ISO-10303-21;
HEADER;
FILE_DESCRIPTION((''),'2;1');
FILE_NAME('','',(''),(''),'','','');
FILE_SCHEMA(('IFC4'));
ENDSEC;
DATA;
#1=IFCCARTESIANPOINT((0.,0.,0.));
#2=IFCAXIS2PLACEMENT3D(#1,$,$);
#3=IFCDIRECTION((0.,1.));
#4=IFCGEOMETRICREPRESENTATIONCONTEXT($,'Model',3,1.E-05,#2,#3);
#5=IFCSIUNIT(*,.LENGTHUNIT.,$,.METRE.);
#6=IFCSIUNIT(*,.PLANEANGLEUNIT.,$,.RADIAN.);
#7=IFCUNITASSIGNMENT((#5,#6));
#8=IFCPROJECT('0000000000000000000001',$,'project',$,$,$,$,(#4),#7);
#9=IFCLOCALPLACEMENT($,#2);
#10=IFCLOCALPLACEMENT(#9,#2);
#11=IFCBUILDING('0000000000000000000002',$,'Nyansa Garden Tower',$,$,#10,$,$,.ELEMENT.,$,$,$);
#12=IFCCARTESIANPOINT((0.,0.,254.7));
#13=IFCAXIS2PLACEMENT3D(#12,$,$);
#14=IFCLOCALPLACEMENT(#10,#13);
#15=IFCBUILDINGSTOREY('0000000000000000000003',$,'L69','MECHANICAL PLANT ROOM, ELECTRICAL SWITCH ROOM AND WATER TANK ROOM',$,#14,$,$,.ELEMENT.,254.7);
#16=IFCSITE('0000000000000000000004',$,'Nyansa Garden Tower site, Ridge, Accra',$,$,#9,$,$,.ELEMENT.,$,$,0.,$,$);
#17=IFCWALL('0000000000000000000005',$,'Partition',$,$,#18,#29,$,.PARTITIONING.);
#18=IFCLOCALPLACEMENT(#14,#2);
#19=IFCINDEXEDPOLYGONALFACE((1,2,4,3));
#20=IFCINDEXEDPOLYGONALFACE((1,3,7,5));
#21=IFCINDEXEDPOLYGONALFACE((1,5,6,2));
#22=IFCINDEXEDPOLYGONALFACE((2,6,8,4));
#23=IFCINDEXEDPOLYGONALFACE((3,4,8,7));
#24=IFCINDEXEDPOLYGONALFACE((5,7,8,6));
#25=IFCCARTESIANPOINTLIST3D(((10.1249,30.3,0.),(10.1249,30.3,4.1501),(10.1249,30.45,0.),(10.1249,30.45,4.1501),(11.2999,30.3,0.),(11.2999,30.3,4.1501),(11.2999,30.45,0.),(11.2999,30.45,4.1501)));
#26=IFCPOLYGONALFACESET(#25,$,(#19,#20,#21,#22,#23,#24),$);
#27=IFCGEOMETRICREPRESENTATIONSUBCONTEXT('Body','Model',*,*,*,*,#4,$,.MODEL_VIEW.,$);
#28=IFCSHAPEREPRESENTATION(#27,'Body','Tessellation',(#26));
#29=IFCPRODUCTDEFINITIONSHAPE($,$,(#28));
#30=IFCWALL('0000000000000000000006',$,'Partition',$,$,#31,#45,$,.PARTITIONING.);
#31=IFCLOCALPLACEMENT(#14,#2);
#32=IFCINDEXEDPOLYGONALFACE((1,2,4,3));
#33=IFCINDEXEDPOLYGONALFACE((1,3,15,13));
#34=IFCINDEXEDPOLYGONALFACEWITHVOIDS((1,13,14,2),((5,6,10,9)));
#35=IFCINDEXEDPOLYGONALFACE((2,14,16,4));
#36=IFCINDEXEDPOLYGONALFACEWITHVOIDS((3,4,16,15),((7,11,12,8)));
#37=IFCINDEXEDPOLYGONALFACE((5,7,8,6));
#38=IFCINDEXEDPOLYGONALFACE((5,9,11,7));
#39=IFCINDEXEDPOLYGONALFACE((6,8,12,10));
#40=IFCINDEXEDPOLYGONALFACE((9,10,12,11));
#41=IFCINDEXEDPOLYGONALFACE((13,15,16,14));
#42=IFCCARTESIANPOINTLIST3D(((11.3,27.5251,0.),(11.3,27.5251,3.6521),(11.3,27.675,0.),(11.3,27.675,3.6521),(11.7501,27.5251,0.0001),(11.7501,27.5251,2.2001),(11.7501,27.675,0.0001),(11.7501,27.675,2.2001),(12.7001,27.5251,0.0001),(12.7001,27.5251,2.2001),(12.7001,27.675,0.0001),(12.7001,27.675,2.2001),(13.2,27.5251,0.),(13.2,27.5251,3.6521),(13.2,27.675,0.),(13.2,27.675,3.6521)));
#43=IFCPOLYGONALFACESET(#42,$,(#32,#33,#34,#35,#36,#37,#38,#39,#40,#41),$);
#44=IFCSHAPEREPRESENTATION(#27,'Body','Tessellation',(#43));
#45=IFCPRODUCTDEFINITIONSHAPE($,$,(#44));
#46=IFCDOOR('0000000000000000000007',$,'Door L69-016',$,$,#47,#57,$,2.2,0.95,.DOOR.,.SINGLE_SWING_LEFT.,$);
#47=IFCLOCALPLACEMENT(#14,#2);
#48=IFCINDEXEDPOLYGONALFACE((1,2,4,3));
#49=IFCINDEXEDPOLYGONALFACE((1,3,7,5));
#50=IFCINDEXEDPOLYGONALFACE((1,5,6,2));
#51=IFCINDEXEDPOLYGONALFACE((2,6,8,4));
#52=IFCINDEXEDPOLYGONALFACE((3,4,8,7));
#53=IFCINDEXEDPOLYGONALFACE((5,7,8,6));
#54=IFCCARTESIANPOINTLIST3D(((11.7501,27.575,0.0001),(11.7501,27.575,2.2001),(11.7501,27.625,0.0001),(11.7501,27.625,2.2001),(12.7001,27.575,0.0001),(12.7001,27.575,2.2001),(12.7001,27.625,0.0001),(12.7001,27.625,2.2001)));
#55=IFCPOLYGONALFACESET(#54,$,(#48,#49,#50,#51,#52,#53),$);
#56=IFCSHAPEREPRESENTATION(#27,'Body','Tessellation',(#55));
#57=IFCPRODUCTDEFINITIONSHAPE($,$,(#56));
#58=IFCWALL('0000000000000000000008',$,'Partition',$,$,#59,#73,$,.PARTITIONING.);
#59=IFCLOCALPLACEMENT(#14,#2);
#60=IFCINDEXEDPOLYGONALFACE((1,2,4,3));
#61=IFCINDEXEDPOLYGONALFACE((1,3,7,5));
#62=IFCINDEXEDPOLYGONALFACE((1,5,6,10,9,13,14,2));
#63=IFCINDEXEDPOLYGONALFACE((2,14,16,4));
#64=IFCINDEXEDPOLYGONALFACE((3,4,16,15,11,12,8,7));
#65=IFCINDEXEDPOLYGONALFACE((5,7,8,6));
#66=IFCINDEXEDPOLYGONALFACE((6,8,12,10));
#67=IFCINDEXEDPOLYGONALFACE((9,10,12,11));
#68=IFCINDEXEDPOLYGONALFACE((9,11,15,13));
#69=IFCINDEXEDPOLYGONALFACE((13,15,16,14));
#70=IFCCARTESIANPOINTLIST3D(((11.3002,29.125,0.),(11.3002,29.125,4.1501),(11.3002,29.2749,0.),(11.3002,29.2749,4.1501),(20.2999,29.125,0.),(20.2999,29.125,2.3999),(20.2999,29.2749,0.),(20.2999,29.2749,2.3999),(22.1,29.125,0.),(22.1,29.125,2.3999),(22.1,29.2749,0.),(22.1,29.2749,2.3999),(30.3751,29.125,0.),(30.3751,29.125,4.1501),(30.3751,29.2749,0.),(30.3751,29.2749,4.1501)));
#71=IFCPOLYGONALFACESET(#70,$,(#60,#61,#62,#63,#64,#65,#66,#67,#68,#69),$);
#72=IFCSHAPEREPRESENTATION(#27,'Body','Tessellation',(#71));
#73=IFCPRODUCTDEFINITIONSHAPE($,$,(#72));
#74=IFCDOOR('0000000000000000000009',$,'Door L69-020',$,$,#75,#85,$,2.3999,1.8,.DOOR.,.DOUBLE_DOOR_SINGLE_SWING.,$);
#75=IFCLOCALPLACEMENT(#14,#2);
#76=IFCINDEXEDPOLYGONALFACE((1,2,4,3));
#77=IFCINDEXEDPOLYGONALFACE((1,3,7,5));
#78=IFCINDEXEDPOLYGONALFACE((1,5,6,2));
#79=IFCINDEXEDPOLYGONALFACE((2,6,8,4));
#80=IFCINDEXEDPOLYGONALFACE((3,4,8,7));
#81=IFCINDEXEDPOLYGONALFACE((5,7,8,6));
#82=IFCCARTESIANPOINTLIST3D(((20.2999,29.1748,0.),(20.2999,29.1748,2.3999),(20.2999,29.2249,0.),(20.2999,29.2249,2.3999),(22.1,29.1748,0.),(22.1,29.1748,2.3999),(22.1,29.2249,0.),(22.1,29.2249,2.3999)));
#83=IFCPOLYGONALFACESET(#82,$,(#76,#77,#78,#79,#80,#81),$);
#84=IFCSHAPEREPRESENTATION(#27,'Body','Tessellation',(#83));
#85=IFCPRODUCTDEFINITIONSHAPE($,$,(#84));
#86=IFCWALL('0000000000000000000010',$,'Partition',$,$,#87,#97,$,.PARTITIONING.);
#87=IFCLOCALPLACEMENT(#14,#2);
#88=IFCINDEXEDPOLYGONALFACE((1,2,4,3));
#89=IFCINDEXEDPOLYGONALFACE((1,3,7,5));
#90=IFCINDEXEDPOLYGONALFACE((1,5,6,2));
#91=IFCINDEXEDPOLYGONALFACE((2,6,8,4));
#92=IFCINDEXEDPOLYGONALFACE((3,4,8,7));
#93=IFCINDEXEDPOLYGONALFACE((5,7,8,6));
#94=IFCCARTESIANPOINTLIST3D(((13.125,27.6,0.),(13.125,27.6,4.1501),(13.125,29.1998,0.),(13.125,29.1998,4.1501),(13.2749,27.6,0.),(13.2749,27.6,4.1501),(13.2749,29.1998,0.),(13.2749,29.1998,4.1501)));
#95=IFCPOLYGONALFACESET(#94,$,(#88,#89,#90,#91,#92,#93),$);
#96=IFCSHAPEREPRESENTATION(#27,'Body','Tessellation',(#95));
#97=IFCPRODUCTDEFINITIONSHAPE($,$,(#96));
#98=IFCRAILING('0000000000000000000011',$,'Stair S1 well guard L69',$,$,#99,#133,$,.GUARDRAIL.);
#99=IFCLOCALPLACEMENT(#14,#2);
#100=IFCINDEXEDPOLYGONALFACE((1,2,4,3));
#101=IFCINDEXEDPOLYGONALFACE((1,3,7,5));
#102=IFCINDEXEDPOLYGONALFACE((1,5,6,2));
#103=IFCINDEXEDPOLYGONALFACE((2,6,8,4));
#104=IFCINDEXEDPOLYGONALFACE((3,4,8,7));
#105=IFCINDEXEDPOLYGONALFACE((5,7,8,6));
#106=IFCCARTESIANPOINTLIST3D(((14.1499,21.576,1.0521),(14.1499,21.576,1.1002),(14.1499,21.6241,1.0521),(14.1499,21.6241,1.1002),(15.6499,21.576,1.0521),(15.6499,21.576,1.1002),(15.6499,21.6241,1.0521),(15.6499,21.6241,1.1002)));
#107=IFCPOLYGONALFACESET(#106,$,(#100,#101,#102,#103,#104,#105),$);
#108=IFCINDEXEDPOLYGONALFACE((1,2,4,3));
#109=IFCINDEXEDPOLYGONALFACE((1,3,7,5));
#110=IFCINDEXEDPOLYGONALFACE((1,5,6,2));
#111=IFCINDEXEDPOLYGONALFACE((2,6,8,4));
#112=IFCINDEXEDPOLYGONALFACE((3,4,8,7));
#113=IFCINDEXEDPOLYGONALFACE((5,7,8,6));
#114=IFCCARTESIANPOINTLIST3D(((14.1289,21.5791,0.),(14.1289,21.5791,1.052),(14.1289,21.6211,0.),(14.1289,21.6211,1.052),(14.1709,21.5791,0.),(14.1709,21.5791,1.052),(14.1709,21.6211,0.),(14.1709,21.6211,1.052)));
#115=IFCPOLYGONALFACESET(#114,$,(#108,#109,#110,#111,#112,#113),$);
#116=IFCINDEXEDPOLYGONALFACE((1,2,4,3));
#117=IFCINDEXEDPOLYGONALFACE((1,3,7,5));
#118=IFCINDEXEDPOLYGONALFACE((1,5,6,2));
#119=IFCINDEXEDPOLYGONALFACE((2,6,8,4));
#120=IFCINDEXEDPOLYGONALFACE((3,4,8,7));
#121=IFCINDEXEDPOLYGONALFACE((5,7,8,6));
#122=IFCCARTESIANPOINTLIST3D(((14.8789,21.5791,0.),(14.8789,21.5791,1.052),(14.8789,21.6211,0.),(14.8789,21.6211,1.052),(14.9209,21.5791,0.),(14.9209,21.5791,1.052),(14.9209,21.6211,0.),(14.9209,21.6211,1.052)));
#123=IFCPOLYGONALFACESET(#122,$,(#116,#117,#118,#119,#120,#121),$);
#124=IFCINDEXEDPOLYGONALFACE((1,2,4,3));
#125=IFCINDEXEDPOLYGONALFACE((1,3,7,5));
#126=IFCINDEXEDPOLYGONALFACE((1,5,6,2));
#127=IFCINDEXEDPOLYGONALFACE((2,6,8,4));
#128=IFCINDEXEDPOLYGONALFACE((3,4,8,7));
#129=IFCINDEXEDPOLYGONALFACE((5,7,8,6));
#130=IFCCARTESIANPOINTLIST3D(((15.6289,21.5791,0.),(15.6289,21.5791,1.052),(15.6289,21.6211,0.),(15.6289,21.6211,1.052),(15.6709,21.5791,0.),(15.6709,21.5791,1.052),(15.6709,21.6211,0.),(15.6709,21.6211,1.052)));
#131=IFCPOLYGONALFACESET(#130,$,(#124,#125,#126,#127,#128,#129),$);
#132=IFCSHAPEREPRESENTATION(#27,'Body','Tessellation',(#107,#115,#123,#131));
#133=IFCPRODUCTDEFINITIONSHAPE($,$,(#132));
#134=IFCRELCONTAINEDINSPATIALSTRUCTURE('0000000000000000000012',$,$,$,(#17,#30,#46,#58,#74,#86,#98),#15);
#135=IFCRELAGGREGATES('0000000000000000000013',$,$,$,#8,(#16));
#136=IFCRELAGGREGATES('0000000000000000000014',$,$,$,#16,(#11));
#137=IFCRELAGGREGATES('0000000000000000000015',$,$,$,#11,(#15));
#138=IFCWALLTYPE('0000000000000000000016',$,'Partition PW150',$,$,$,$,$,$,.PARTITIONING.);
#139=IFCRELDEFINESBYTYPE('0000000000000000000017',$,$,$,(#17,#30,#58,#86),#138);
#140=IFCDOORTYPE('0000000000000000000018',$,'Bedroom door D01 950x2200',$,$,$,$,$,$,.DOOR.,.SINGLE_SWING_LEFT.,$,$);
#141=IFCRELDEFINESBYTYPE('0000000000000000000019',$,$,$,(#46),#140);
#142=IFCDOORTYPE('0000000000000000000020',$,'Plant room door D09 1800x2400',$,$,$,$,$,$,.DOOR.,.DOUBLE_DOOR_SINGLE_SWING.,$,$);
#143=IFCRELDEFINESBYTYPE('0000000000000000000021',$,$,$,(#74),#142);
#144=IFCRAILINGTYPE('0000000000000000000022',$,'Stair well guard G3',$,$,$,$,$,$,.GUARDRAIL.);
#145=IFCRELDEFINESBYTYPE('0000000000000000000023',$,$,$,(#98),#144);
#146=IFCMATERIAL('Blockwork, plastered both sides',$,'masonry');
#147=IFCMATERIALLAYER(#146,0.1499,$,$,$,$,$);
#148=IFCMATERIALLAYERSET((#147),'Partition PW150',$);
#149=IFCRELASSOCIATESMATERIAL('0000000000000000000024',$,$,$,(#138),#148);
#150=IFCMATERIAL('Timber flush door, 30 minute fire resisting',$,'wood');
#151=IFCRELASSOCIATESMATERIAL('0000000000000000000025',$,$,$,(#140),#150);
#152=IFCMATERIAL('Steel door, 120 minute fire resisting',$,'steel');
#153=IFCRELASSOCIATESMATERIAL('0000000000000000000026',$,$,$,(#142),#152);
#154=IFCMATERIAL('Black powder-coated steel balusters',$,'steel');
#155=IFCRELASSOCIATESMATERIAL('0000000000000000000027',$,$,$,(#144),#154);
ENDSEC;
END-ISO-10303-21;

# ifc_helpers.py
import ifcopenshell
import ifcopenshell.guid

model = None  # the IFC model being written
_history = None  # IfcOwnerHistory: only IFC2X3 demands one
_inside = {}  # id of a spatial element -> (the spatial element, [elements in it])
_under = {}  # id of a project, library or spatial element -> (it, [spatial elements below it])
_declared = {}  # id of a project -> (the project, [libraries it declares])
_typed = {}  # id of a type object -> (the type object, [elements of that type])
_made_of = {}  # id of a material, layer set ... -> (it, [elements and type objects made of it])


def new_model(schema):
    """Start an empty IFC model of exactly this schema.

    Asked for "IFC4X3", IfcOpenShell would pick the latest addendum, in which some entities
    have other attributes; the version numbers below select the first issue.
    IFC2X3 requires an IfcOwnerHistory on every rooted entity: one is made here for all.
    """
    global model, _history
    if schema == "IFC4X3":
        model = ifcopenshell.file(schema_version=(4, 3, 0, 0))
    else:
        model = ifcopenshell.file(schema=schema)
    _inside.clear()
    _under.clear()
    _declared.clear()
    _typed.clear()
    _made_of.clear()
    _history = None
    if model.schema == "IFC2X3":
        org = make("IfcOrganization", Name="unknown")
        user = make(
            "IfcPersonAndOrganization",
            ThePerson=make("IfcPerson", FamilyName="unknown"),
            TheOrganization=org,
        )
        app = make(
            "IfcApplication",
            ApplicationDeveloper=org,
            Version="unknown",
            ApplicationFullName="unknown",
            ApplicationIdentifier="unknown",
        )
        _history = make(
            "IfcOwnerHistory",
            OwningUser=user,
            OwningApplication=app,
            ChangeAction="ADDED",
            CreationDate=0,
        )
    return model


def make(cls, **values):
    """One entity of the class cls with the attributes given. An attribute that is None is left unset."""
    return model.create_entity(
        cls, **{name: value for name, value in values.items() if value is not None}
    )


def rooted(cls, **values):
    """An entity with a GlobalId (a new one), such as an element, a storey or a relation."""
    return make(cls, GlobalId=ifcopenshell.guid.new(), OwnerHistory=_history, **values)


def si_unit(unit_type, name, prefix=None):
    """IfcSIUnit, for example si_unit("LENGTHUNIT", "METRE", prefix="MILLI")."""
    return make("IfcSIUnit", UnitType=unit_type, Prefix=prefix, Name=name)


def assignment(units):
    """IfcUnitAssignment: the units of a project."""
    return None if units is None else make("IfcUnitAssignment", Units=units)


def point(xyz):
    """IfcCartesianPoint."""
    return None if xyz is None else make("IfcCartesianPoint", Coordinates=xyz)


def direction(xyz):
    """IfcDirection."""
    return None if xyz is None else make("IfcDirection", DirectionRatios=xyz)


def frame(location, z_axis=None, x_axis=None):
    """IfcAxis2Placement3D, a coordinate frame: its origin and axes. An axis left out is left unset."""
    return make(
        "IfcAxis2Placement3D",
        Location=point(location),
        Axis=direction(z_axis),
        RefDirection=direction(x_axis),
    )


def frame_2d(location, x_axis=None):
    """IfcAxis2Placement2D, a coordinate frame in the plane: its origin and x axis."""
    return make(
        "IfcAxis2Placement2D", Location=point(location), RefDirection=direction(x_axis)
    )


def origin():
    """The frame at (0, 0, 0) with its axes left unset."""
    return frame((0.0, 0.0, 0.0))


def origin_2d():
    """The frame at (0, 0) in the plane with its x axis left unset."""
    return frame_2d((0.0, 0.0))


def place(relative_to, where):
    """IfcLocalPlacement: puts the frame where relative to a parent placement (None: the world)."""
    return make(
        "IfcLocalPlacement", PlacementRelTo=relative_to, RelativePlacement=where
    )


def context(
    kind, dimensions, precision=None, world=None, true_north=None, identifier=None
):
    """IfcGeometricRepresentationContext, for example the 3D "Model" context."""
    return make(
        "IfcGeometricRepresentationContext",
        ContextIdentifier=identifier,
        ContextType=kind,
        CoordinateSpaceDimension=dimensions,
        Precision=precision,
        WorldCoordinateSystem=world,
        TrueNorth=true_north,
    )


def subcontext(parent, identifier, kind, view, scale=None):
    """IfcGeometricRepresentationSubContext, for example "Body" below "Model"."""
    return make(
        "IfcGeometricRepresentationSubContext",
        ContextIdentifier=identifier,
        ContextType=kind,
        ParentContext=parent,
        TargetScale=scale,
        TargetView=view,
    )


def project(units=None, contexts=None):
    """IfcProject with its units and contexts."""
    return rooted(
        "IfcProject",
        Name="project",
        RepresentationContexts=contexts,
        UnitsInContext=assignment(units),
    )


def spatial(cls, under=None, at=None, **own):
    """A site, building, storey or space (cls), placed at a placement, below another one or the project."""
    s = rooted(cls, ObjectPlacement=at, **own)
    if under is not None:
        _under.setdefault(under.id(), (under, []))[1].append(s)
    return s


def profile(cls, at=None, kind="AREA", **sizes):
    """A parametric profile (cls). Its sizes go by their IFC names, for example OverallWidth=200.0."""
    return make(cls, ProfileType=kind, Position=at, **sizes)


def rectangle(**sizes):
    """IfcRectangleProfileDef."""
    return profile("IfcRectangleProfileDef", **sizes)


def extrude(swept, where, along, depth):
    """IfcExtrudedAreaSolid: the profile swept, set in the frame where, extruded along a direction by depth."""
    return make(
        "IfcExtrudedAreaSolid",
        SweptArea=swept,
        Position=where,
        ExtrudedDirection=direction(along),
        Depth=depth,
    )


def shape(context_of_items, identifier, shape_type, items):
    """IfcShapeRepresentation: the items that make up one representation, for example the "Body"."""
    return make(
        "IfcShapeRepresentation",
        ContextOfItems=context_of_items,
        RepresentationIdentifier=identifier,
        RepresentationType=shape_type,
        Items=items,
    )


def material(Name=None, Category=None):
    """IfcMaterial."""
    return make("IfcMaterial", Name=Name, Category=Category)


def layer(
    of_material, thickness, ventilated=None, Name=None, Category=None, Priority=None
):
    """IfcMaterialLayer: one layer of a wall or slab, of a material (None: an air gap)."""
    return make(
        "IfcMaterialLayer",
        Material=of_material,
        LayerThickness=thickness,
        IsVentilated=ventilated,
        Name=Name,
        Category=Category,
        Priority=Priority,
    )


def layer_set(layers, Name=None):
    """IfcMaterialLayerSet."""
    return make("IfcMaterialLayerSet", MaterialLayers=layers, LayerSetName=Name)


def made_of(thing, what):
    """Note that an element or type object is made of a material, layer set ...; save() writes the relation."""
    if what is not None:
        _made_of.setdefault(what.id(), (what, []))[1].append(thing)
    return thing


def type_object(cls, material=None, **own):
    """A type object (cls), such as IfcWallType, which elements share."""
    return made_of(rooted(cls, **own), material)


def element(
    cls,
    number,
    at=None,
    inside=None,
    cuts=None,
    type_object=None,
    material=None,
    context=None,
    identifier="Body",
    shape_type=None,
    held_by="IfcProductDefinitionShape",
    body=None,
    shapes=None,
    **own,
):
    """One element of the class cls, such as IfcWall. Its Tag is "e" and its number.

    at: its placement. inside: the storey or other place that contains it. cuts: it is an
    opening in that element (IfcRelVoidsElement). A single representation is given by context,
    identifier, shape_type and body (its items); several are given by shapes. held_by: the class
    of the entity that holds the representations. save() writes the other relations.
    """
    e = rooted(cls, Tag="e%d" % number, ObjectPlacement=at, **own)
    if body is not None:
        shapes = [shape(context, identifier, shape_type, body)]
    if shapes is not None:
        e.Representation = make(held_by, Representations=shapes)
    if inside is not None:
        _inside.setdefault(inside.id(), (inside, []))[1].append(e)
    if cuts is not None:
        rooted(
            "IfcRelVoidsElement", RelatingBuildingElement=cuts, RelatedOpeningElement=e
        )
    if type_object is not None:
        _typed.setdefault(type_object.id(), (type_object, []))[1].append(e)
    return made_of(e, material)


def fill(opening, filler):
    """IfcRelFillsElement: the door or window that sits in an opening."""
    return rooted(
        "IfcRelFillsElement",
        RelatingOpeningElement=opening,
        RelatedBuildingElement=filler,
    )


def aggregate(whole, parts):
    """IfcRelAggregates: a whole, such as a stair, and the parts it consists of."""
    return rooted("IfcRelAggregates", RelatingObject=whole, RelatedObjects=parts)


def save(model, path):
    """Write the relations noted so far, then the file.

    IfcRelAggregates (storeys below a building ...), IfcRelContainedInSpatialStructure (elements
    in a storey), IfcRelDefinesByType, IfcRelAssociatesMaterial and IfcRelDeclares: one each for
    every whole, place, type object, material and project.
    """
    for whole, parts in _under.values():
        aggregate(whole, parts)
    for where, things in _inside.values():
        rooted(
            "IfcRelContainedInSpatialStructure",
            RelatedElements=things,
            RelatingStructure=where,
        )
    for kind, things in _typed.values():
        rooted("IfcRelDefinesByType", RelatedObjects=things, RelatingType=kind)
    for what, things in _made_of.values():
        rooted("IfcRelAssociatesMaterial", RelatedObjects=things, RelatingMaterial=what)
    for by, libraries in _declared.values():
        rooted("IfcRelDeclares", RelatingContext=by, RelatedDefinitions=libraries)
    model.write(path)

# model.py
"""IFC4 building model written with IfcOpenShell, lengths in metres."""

from ifc_helpers import new_model, si_unit, direction, frame, frame_2d, origin, origin_2d, place, context, subcontext, project, spatial, rectangle, extrude, material, layer, layer_set, type_object, element, fill, save


model = new_model("IFC4")

# Units and contexts
model_context = context("Model", 3, precision=1e-05, world=origin(), true_north=direction((0.0, 1.0)))
body_context = subcontext(model_context, "Body", "Model", "MODEL_VIEW")
ifc_project = project(units=[si_unit("LENGTHUNIT", "METRE"), si_unit("PLANEANGLEUNIT", "RADIAN")], contexts=[model_context])

# Site, building, storey
site_placement = place(None, origin())
site = spatial("IfcSite", under=ifc_project, at=site_placement, Name="Nyansa Garden Tower site, Ridge, Accra", CompositionType="ELEMENT", RefElevation=0.0)
building_placement = place(site_placement, origin())
building = spatial("IfcBuilding", under=site, at=building_placement, Name="Nyansa Garden Tower", CompositionType="ELEMENT")
storey_placement = place(building_placement, frame((0.0, 0.0, 254.7)))
storey = spatial("IfcBuildingStorey", under=building, at=storey_placement, Name="L69", Description="MECHANICAL PLANT ROOM, ELECTRICAL SWITCH ROOM AND WATER TANK ROOM", CompositionType="ELEMENT", Elevation=254.7)

# Wall
ifc_material_1 = material(Name="Blockwork, plastered both sides", Category="masonry")
ifc_layer_1 = layer(ifc_material_1, 0.1499)
ifc_layer_set_1 = layer_set([ifc_layer_1], Name="Partition PW150")
wall_type_1 = type_object("IfcWallType", Name="Partition PW150", PredefinedType="PARTITIONING", material=ifc_layer_set_1)
wall_1_placement = place(storey_placement, frame((10.125, 30.375, 0.0), z_axis=(0.0, 0.0, 1.0), x_axis=(1.0, 0.0, 0.0)))
element("IfcWall", 1, at=wall_1_placement, inside=storey, type_object=wall_type_1, Name="Partition", PredefinedType="PARTITIONING", context=body_context, shape_type="SweptSolid", body=[
    extrude(rectangle(XDim=1.175, YDim=0.1499, at=frame_2d((0.5874, 0.0))), origin(), (0.0, 0.0, 1.0), 4.1501),
])

# Walls, openings, doors
wall_2_placement = place(storey_placement, frame((11.3, 27.6001, 0.0), z_axis=(0.0, 0.0, 1.0), x_axis=(1.0, 0.0, 0.0)))
wall_2 = element("IfcWall", 2, at=wall_2_placement, inside=storey, type_object=wall_type_1, Name="Partition", PredefinedType="PARTITIONING", context=body_context, shape_type="SweptSolid", body=[
    extrude(rectangle(XDim=1.8999, YDim=0.1499, at=frame_2d((0.95, 0.0))), origin(), (0.0, 0.0, 1.0), 3.6521),
])
opening_1_placement = place(wall_2_placement, frame((0.45, 0.0, 0.0)))
opening_1 = element("IfcOpeningElement", 3, at=opening_1_placement, cuts=wall_2, PredefinedType="OPENING", context=body_context, shape_type="SweptSolid", body=[
    extrude(rectangle(XDim=0.95, YDim=2.2, at=frame_2d((0.4751, 1.1001))), frame((0.0, 0.085, 0.0), z_axis=(0.0, -1.0, 0.0), x_axis=(1.0, 0.0, 0.0)), (0.0, 0.0, 1.0), 0.1699),
])
ifc_material_2 = material(Name="Timber flush door, 30 minute fire resisting", Category="wood")
door_type_1 = type_object("IfcDoorType", Name="Bedroom door D01 950x2200", OperationType="SINGLE_SWING_LEFT", PredefinedType="DOOR", material=ifc_material_2)
door_1_placement = place(opening_1_placement, origin())
door_1 = element("IfcDoor", 4, at=door_1_placement, inside=storey, type_object=door_type_1, Name="Door L69-016", OperationType="SINGLE_SWING_LEFT", OverallHeight=2.2, OverallWidth=0.95, PredefinedType="DOOR", context=body_context, shape_type="SweptSolid", body=[
    extrude(rectangle(XDim=0.95, YDim=2.2, at=frame_2d((0.4751, 1.1001))), frame((0.0, 0.0249, 0.0), z_axis=(0.0, -1.0, 0.0), x_axis=(1.0, 0.0, 0.0)), (0.0, 0.0, 1.0), 0.05),
])
fill(opening_1, door_1)
wall_3_placement = place(storey_placement, frame((11.3, 29.2, 0.0), z_axis=(0.0, 0.0, 1.0), x_axis=(1.0, 0.0, 0.0)))
wall_3 = element("IfcWall", 5, at=wall_3_placement, inside=storey, type_object=wall_type_1, Name="Partition", PredefinedType="PARTITIONING", context=body_context, shape_type="SweptSolid", body=[
    extrude(rectangle(XDim=19.075, YDim=0.1499, at=frame_2d((9.5376, 0.0))), origin(), (0.0, 0.0, 1.0), 4.1501),
])
opening_2_placement = place(wall_3_placement, frame((9.0, 0.0, 0.0)))
opening_2 = element("IfcOpeningElement", 6, at=opening_2_placement, cuts=wall_3, PredefinedType="OPENING", context=body_context, shape_type="SweptSolid", body=[
    extrude(rectangle(XDim=1.8, YDim=2.3999, at=frame_2d((0.8999, 1.2))), frame((0.0, 0.085, 0.0), z_axis=(0.0, -1.0, 0.0), x_axis=(1.0, 0.0, 0.0)), (0.0, 0.0, 1.0), 0.1699),
])
ifc_material_3 = material(Name="Steel door, 120 minute fire resisting", Category="steel")
door_type_2 = type_object("IfcDoorType", Name="Plant room door D09 1800x2400", OperationType="DOUBLE_DOOR_SINGLE_SWING", PredefinedType="DOOR", material=ifc_material_3)
door_2_placement = place(opening_2_placement, origin())
door_2 = element("IfcDoor", 7, at=door_2_placement, inside=storey, type_object=door_type_2, Name="Door L69-020", OperationType="DOUBLE_DOOR_SINGLE_SWING", OverallHeight=2.3999, OverallWidth=1.8, PredefinedType="DOOR", context=body_context, shape_type="SweptSolid", body=[
    extrude(rectangle(XDim=1.8, YDim=2.3999, at=frame_2d((0.8999, 1.2))), frame((0.0, 0.0249, 0.0), z_axis=(0.0, -1.0, 0.0), x_axis=(1.0, 0.0, 0.0)), (0.0, 0.0, 1.0), 0.05),
])
fill(opening_2, door_2)

# Wall
wall_4_placement = place(storey_placement, frame((13.2, 27.6001, 0.0), z_axis=(0.0, 0.0, 1.0), x_axis=(0.0, 1.0, 0.0)))
element("IfcWall", 8, at=wall_4_placement, inside=storey, type_object=wall_type_1, Name="Partition", PredefinedType="PARTITIONING", context=body_context, shape_type="SweptSolid", body=[
    extrude(rectangle(XDim=1.5999, YDim=0.1499, at=frame_2d((0.7998, 0.0))), origin(), (0.0, 0.0, 1.0), 4.1501),
])

# Railing
ifc_material_4 = material(Name="Black powder-coated steel balusters", Category="steel")
railing_type = type_object("IfcRailingType", Name="Stair well guard G3", PredefinedType="GUARDRAIL", material=ifc_material_4)
railing_placement = place(storey_placement, frame((14.1499, 21.6001, 0.0)))
element("IfcRailing", 9, at=railing_placement, inside=storey, type_object=railing_type, Name="Stair S1 well guard L69", PredefinedType="GUARDRAIL", context=body_context, shape_type="SweptSolid", body=[
    extrude(rectangle(XDim=0.0481, YDim=0.0481, at=origin_2d()), frame((0.0, 0.0, 1.0762), z_axis=(1.0, 0.0, 0.0), x_axis=(0.0, 1.0, 0.0)), (0.0, 0.0, 1.0), 1.5),
    extrude(rectangle(XDim=0.042, YDim=0.042, at=origin_2d()), origin(), (0.0, 0.0, 1.0), 1.052),
    extrude(rectangle(XDim=0.042, YDim=0.042, at=origin_2d()), frame((0.75, 0.0, 0.0)), (0.0, 0.0, 1.0), 1.052),
    extrude(rectangle(XDim=0.042, YDim=0.042, at=origin_2d()), frame((1.5, 0.0, 0.0)), (0.0, 0.0, 1.0), 1.052),
])

save(model, "model.ifc")
